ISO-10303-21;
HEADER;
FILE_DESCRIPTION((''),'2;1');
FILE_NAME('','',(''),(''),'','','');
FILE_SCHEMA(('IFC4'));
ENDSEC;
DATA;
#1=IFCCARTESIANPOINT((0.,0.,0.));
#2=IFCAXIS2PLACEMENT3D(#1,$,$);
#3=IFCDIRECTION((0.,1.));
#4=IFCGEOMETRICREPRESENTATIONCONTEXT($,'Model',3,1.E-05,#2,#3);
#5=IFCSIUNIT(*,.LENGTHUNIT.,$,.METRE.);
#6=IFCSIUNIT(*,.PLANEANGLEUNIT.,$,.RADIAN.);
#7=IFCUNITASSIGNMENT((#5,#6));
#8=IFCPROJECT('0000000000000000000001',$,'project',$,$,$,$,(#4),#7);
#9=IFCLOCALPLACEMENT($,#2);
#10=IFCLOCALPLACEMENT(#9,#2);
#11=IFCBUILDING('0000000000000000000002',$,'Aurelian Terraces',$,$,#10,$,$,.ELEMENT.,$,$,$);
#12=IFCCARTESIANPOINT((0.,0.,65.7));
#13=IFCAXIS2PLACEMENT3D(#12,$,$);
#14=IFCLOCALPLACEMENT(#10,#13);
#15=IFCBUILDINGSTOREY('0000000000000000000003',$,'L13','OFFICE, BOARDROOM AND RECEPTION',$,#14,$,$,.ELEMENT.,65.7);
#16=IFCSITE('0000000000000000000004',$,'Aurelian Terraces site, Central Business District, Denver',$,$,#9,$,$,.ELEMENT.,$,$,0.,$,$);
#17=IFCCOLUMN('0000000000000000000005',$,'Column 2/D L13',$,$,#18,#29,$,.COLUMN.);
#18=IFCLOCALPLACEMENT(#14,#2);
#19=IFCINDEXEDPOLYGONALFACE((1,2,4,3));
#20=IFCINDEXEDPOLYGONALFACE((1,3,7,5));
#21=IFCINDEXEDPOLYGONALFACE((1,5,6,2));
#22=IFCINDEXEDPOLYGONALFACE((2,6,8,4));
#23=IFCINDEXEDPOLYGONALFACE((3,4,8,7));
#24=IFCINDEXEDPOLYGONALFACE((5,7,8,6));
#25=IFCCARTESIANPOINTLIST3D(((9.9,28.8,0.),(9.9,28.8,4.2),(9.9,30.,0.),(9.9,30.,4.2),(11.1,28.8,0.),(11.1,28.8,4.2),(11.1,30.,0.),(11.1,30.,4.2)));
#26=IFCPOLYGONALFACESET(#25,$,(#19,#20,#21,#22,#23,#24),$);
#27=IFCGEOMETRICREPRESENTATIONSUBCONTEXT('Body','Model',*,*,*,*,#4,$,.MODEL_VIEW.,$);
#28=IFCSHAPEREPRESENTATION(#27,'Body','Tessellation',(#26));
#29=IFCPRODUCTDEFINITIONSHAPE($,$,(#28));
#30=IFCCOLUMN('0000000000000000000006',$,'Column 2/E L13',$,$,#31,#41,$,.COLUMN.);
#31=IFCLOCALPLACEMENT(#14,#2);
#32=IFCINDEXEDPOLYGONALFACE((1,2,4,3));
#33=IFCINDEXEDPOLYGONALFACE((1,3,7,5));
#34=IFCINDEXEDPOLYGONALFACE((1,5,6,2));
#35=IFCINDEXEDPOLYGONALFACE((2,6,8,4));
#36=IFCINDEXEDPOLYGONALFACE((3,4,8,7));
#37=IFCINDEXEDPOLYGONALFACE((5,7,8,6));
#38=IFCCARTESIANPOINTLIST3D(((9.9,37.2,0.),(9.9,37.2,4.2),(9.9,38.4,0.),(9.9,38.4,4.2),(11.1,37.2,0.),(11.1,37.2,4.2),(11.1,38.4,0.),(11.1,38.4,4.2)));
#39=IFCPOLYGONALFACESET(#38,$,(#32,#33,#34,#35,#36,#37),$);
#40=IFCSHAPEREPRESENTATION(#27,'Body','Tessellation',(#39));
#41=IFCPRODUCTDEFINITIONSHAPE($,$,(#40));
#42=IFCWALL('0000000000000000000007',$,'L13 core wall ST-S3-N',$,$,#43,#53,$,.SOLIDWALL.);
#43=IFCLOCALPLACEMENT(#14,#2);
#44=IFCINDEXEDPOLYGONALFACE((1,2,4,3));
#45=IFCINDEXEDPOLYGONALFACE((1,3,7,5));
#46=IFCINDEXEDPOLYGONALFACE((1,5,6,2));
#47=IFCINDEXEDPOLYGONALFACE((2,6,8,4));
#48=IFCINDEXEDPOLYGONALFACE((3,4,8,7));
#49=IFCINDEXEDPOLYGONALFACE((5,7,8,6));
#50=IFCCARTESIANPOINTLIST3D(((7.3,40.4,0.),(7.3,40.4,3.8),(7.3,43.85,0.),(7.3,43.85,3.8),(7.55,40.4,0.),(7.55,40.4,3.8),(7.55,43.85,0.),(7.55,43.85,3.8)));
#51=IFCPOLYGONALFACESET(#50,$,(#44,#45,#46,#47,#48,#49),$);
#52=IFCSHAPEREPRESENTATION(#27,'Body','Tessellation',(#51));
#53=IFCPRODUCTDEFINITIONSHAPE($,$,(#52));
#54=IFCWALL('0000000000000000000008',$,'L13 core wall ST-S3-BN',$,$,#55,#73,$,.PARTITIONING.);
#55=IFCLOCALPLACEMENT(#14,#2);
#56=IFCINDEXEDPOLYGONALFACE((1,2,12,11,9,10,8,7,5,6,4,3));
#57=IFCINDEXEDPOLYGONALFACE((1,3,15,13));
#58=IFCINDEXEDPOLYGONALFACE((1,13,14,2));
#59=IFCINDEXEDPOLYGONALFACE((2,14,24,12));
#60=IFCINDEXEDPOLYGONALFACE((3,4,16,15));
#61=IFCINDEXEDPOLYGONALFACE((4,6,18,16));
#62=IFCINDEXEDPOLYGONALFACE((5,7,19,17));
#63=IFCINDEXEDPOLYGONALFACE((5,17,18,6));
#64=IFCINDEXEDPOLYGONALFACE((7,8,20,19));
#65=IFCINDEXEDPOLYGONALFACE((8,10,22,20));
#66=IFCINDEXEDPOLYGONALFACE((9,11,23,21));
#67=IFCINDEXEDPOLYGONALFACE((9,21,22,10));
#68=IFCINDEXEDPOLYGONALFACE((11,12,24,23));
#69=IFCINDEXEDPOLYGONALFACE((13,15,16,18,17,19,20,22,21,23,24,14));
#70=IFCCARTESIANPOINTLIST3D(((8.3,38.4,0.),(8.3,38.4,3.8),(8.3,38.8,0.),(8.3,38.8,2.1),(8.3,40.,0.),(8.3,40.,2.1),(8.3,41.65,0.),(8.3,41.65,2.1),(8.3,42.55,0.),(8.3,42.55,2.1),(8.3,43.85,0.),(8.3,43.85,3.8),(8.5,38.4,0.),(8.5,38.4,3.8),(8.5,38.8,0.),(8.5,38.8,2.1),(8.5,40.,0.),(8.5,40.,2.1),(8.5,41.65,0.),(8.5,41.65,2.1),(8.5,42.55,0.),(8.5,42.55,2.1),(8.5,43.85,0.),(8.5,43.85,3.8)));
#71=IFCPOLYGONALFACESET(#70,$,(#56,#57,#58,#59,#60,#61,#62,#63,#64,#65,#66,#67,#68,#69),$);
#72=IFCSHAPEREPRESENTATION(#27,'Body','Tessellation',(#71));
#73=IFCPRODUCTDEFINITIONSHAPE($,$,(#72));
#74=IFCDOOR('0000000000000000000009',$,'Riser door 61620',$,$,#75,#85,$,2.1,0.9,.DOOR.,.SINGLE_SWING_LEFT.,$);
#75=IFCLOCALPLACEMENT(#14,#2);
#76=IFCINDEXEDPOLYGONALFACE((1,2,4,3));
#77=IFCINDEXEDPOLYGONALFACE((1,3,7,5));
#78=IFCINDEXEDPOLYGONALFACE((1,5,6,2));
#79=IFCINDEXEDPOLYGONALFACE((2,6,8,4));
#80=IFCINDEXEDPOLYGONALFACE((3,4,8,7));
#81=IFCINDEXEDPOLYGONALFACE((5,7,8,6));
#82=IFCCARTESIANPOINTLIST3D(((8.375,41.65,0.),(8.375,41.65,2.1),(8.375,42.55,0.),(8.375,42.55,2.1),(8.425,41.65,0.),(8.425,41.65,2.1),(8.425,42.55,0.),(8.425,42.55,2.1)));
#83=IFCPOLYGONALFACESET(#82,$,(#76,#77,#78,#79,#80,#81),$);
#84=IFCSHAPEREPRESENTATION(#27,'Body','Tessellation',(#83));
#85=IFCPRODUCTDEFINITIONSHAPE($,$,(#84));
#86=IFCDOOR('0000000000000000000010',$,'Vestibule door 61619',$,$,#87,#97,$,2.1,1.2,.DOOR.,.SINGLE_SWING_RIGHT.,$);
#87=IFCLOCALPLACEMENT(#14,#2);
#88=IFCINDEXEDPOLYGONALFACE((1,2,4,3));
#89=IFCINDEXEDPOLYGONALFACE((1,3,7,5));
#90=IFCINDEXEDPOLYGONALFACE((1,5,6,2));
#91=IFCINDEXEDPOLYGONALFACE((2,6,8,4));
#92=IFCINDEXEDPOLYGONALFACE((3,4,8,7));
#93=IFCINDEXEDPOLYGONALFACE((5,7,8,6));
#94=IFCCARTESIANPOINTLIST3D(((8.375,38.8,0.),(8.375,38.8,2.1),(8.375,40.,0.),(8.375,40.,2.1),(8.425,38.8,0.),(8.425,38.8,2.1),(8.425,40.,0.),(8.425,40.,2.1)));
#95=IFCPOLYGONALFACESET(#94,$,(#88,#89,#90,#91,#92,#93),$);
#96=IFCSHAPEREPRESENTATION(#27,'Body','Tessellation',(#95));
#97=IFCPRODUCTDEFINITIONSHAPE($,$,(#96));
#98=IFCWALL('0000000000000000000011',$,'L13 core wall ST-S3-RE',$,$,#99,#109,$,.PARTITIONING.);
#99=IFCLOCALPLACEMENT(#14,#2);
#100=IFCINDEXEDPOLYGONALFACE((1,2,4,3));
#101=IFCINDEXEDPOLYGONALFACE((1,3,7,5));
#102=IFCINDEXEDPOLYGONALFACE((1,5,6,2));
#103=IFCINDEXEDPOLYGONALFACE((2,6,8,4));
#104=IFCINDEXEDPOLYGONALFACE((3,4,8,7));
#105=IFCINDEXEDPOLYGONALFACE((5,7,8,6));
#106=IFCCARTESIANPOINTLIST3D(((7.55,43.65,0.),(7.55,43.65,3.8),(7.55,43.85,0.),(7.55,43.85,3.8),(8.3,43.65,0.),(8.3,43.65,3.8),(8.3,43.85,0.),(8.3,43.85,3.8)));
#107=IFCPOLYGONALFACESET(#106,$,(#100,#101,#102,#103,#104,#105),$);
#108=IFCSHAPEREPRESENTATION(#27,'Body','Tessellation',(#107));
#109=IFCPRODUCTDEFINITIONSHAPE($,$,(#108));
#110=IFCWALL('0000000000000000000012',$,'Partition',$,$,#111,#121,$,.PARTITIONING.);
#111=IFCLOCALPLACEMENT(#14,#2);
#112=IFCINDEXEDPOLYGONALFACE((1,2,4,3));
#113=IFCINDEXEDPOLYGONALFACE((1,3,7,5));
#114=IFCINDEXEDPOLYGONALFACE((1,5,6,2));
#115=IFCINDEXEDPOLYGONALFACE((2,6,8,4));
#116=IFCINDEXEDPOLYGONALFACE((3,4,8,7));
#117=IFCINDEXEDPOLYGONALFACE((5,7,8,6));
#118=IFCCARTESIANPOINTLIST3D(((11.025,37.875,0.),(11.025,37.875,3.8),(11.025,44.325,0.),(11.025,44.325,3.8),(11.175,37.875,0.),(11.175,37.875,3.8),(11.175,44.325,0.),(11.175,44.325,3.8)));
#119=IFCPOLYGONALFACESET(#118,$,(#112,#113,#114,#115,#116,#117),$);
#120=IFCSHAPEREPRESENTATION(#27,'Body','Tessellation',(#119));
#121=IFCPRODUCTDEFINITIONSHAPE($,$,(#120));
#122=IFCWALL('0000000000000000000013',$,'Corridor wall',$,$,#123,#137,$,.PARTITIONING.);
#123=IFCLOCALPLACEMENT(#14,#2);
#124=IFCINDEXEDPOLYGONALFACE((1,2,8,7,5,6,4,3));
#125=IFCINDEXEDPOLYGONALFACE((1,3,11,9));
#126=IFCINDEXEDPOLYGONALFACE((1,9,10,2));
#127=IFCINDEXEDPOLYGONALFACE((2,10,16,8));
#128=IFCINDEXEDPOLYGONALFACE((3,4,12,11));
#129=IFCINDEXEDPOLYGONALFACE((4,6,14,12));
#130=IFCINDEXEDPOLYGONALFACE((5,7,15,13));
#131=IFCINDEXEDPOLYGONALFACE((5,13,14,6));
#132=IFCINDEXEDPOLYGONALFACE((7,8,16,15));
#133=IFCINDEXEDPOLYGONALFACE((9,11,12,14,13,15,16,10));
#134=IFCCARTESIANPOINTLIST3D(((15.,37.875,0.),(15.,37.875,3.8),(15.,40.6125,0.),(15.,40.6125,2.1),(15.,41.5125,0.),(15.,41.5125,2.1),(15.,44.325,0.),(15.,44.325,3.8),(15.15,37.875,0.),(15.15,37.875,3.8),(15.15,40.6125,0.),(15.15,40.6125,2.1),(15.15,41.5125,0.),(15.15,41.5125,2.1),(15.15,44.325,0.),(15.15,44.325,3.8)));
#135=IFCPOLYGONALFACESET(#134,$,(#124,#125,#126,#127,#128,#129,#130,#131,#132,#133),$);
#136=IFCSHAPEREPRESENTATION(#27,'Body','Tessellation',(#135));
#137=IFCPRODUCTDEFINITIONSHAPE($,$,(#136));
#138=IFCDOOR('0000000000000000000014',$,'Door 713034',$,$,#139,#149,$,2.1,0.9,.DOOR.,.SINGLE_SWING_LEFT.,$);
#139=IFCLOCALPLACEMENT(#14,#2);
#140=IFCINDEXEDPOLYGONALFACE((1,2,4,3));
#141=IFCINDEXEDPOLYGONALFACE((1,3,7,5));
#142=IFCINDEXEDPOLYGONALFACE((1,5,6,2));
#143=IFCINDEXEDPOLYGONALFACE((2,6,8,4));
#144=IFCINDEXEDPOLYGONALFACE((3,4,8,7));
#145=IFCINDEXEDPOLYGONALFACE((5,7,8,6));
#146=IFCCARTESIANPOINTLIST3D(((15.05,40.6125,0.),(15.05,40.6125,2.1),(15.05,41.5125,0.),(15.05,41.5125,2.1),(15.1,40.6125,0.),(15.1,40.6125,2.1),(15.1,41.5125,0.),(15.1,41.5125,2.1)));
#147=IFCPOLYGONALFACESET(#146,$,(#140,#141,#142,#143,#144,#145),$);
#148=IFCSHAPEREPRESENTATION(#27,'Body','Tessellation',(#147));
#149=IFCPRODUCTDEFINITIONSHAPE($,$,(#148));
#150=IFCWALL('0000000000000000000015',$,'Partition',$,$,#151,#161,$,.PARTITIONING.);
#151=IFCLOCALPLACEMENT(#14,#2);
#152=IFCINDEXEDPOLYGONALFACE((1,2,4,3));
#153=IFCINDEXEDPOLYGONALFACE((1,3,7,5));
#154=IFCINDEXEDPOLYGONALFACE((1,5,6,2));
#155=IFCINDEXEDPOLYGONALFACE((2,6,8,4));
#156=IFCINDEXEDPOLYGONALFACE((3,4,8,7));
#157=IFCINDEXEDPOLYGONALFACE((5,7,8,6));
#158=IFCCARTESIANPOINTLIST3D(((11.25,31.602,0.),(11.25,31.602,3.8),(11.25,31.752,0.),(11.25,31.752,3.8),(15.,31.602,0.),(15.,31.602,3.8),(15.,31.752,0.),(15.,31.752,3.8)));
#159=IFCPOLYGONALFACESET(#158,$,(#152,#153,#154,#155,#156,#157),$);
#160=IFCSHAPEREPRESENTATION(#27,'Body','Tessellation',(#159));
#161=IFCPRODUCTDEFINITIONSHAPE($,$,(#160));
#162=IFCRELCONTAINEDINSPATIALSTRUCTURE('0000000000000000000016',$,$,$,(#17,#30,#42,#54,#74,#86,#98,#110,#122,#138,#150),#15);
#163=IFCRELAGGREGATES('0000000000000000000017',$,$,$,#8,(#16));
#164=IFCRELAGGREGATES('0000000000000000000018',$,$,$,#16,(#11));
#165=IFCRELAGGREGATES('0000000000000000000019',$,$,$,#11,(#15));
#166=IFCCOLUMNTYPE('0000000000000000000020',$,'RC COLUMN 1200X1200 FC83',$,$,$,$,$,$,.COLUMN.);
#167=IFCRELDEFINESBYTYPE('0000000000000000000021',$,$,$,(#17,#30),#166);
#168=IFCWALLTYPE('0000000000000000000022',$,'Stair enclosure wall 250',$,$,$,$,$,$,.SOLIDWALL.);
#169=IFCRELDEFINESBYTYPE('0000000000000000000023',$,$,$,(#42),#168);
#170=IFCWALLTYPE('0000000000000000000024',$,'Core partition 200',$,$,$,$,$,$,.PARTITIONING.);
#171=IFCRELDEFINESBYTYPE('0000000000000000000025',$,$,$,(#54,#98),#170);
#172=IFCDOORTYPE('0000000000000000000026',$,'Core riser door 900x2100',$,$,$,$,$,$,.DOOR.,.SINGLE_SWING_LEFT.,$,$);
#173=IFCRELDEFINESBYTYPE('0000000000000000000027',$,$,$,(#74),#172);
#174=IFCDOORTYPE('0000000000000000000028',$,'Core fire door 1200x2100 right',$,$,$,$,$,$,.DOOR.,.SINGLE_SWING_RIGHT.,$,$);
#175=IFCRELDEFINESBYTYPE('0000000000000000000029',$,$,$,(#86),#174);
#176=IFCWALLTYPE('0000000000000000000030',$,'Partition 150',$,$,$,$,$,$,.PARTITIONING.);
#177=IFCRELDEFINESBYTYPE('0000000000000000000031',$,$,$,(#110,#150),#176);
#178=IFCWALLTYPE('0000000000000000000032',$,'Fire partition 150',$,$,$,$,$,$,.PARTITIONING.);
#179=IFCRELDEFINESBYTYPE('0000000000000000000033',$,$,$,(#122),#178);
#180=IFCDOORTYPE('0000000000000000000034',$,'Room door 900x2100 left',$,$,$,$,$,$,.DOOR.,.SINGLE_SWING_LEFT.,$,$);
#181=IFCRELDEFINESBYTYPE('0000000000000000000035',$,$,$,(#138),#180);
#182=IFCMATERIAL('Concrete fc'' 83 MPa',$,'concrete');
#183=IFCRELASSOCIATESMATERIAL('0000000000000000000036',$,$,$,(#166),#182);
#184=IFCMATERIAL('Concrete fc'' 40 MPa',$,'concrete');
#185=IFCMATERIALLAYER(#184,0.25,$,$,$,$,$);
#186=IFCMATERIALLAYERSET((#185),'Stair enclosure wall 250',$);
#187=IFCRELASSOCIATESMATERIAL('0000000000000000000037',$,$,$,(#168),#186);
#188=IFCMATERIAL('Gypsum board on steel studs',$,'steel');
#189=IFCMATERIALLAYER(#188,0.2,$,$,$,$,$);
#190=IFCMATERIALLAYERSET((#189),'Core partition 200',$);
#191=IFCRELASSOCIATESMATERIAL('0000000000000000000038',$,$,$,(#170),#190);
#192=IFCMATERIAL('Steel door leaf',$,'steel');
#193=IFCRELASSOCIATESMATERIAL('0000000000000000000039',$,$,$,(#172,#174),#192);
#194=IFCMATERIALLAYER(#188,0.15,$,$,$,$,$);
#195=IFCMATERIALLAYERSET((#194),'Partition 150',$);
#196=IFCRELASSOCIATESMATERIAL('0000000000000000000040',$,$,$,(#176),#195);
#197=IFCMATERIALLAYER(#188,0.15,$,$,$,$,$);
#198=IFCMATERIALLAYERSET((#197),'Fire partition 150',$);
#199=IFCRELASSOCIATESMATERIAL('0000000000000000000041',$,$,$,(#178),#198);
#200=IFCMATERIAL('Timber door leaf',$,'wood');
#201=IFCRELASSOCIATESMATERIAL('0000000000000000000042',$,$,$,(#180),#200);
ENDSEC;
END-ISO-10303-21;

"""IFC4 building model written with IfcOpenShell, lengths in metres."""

from ifc_helpers import new_model, si_unit, direction, frame, frame_2d, origin, origin_2d, place, context, subcontext, project, spatial, rectangle, extrude, source, transform, mapped, material, layer, layer_set, material_profile, profile_set, type_object, element, fill, save


model = new_model("IFC4")

# Units and contexts
model_context = context("Model", 3, precision=1e-05, world=origin(), true_north=direction((0.0, 1.0)))
body_context = subcontext(model_context, "Body", "Model", "MODEL_VIEW")
ifc_project = project(units=[si_unit("LENGTHUNIT", "METRE"), si_unit("PLANEANGLEUNIT", "RADIAN")], contexts=[model_context])

# Site, building, storey
site_placement = place(None, origin())
site = spatial("IfcSite", under=ifc_project, at=site_placement, Name="Aurelian Terraces site, Central Business District, Denver", CompositionType="ELEMENT", RefElevation=0.0)
building_placement = place(site_placement, origin())
building = spatial("IfcBuilding", under=site, at=building_placement, Name="Aurelian Terraces", CompositionType="ELEMENT")
storey_placement = place(building_placement, frame((0.0, 0.0, 65.7)))
storey = spatial("IfcBuildingStorey", under=building, at=storey_placement, Name="L13", Description="OFFICE, BOARDROOM AND RECEPTION", CompositionType="ELEMENT", Elevation=65.7)

# Columns
ifc_material_1 = material(Name="Concrete fc' 83 MPa", Category="concrete")
ifc_material_profile = material_profile(ifc_material_1, rectangle(XDim=1.2, YDim=1.2, at=origin_2d()))
ifc_profile_set = profile_set([ifc_material_profile], Name="Concrete fc' 83 MPa")
column_type = type_object("IfcColumnType", Name="RC COLUMN 1200X1200 FC83", PredefinedType="COLUMN", material=ifc_profile_set)
shared_shape_1 = source(origin(), body_context, "Body", "SweptSolid", [
    extrude(rectangle(XDim=1.2, YDim=1.2, at=origin_2d()), origin(), (0.0, 0.0, 1.0), 4.2),
])
for number, where, z_axis, x_axis, name in (
    (1, (10.5, 29.4, 0.0), (0.0, 0.0, 1.0), (1.0, 0.0, 0.0), "Column 2/D L13"),
    (2, (10.5, 37.8, 0.0), (0.0, 0.0, 1.0), (1.0, 0.0, 0.0), "Column 2/E L13"),
):
    element("IfcColumn", number, at=place(storey_placement, frame(where, z_axis=z_axis, x_axis=x_axis)), inside=storey, type_object=column_type, Name=name, PredefinedType="COLUMN", context=body_context, shape_type="MappedRepresentation", body=[
        mapped(shared_shape_1, transform((0.0, 0.0, 0.0), scale=1.0)),
    ])

# Wall
ifc_material_2 = material(Name="Concrete fc' 40 MPa", Category="concrete")
ifc_layer_1 = layer(ifc_material_2, 0.25)
ifc_layer_set_1 = layer_set([ifc_layer_1], Name="Stair enclosure wall 250")
wall_type_1 = type_object("IfcWallType", Name="Stair enclosure wall 250", PredefinedType="SOLIDWALL", material=ifc_layer_set_1)
shared_shape_2 = source(origin(), body_context, "Body", "SweptSolid", [
    extrude(rectangle(XDim=3.45, YDim=0.25, at=frame_2d((1.725, 0.0))), origin(), (0.0, 0.0, 1.0), 3.8),
])
wall_1_placement = place(storey_placement, frame((7.425, 40.4, 0.0), z_axis=(0.0, 0.0, 1.0), x_axis=(0.0, 1.0, 0.0)))
element("IfcWall", 3, at=wall_1_placement, inside=storey, type_object=wall_type_1, Name="L13 core wall ST-S3-N", PredefinedType="SOLIDWALL", context=body_context, shape_type="MappedRepresentation", body=[
    mapped(shared_shape_2, transform((0.0, 0.0, 0.0), scale=1.0)),
])

# Wall, openings, doors
ifc_material_3 = material(Name="Gypsum board on steel studs", Category="steel")
ifc_layer_2 = layer(ifc_material_3, 0.2)
ifc_layer_set_2 = layer_set([ifc_layer_2], Name="Core partition 200")
wall_type_2 = type_object("IfcWallType", Name="Core partition 200", PredefinedType="PARTITIONING", material=ifc_layer_set_2)
shared_shape_3 = source(origin(), body_context, "Body", "SweptSolid", [
    extrude(rectangle(XDim=5.45, YDim=0.2, at=frame_2d((2.725, 0.0))), origin(), (0.0, 0.0, 1.0), 3.8),
])
wall_2_placement = place(storey_placement, frame((8.4, 38.4, 0.0), z_axis=(0.0, 0.0, 1.0), x_axis=(0.0, 1.0, 0.0)))
wall_2 = element("IfcWall", 4, at=wall_2_placement, inside=storey, type_object=wall_type_2, Name="L13 core wall ST-S3-BN", PredefinedType="PARTITIONING", context=body_context, shape_type="MappedRepresentation", body=[
    mapped(shared_shape_3, transform((0.0, 0.0, 0.0), scale=1.0)),
])
shared_shape_4 = source(origin(), body_context, "Body", "SweptSolid", [
    extrude(rectangle(XDim=1.2, YDim=2.1, at=frame_2d((0.6, 1.05))), frame((0.0, 0.11, 0.0), z_axis=(0.0, -1.0, 0.0), x_axis=(1.0, 0.0, 0.0)), (0.0, 0.0, 1.0), 0.22),
])
opening_1_placement = place(wall_2_placement, frame((0.4, 0.0, 0.0)))
opening_1 = element("IfcOpeningElement", 5, at=opening_1_placement, cuts=wall_2, PredefinedType="OPENING", context=body_context, shape_type="MappedRepresentation", body=[
    mapped(shared_shape_4, transform((0.0, 0.0, 0.0), scale=1.0)),
])
shared_shape_5 = source(origin(), body_context, "Body", "SweptSolid", [
    extrude(rectangle(XDim=0.9, YDim=2.1, at=frame_2d((0.45, 1.05))), frame((0.0, 0.11, 0.0), z_axis=(0.0, -1.0, 0.0), x_axis=(1.0, 0.0, 0.0)), (0.0, 0.0, 1.0), 0.22),
])
opening_2_placement = place(wall_2_placement, frame((3.25, 0.0, 0.0)))
opening_2 = element("IfcOpeningElement", 6, at=opening_2_placement, cuts=wall_2, PredefinedType="OPENING", context=body_context, shape_type="MappedRepresentation", body=[
    mapped(shared_shape_5, transform((0.0, 0.0, 0.0), scale=1.0)),
])
ifc_material_4 = material(Name="Steel door leaf", Category="steel")
door_type_1 = type_object("IfcDoorType", Name="Core riser door 900x2100", OperationType="SINGLE_SWING_LEFT", PredefinedType="DOOR", material=ifc_material_4)
shared_shape_6 = source(origin(), body_context, "Body", "SweptSolid", [
    extrude(rectangle(XDim=0.9, YDim=2.1, at=frame_2d((0.45, 1.05))), frame((0.0, 0.025, 0.0), z_axis=(0.0, -1.0, 0.0), x_axis=(1.0, 0.0, 0.0)), (0.0, 0.0, 1.0), 0.05),
])
door_1_placement = place(opening_2_placement, origin())
door_1 = element("IfcDoor", 7, at=door_1_placement, inside=storey, type_object=door_type_1, Name="Riser door 61620", OperationType="SINGLE_SWING_LEFT", OverallHeight=2.1, OverallWidth=0.9, PredefinedType="DOOR", context=body_context, shape_type="MappedRepresentation", body=[
    mapped(shared_shape_6, transform((0.0, 0.0, 0.0), scale=1.0)),
])
fill(opening_2, door_1)
door_type_2 = type_object("IfcDoorType", Name="Core fire door 1200x2100 right", OperationType="SINGLE_SWING_RIGHT", PredefinedType="DOOR", material=ifc_material_4)
shared_shape_7 = source(origin(), body_context, "Body", "SweptSolid", [
    extrude(rectangle(XDim=1.2, YDim=2.1, at=frame_2d((0.6, 1.05))), frame((0.0, 0.025, 0.0), z_axis=(0.0, -1.0, 0.0), x_axis=(1.0, 0.0, 0.0)), (0.0, 0.0, 1.0), 0.05),
])
door_2_placement = place(opening_1_placement, origin())
door_2 = element("IfcDoor", 8, at=door_2_placement, inside=storey, type_object=door_type_2, Name="Vestibule door 61619", OperationType="SINGLE_SWING_RIGHT", OverallHeight=2.1, OverallWidth=1.2, PredefinedType="DOOR", context=body_context, shape_type="MappedRepresentation", body=[
    mapped(shared_shape_7, transform((0.0, 0.0, 0.0), scale=1.0)),
])
fill(opening_1, door_2)

# Walls
shared_shape_8 = source(origin(), body_context, "Body", "SweptSolid", [
    extrude(rectangle(XDim=0.75, YDim=0.2, at=frame_2d((0.375, 0.0))), origin(), (0.0, 0.0, 1.0), 3.8),
])
wall_3_placement = place(storey_placement, frame((7.55, 43.75, 0.0), z_axis=(0.0, 0.0, 1.0), x_axis=(1.0, 0.0, 0.0)))
element("IfcWall", 9, at=wall_3_placement, inside=storey, type_object=wall_type_2, Name="L13 core wall ST-S3-RE", PredefinedType="PARTITIONING", context=body_context, shape_type="MappedRepresentation", body=[
    mapped(shared_shape_8, transform((0.0, 0.0, 0.0), scale=1.0)),
])
ifc_layer_3 = layer(ifc_material_3, 0.15)
ifc_layer_set_3 = layer_set([ifc_layer_3], Name="Partition 150")
wall_type_3 = type_object("IfcWallType", Name="Partition 150", PredefinedType="PARTITIONING", material=ifc_layer_set_3)
shared_shape_9 = source(origin(), body_context, "Body", "SweptSolid", [
    extrude(rectangle(XDim=6.45, YDim=0.15, at=frame_2d((3.225, 0.0))), origin(), (0.0, 0.0, 1.0), 3.8),
])
wall_4_placement = place(storey_placement, frame((11.1, 44.325, 0.0), z_axis=(0.0, 0.0, 1.0), x_axis=(0.0, -1.0, 0.0)))
element("IfcWall", 10, at=wall_4_placement, inside=storey, type_object=wall_type_3, Name="Partition", PredefinedType="PARTITIONING", context=body_context, shape_type="MappedRepresentation", body=[
    mapped(shared_shape_9, transform((0.0, 0.0, 0.0), scale=1.0)),
])

# Wall, opening, door
ifc_layer_4 = layer(ifc_material_3, 0.15)
ifc_layer_set_4 = layer_set([ifc_layer_4], Name="Fire partition 150")
wall_type_4 = type_object("IfcWallType", Name="Fire partition 150", PredefinedType="PARTITIONING", material=ifc_layer_set_4)
wall_5_placement = place(storey_placement, frame((15.075, 37.875, 0.0), z_axis=(0.0, 0.0, 1.0), x_axis=(0.0, 1.0, 0.0)))
wall_5 = element("IfcWall", 11, at=wall_5_placement, inside=storey, type_object=wall_type_4, Name="Corridor wall", PredefinedType="PARTITIONING", context=body_context, shape_type="MappedRepresentation", body=[
    mapped(shared_shape_9, transform((0.0, 0.0, 0.0), scale=1.0)),
])
shared_shape_10 = source(origin(), body_context, "Body", "SweptSolid", [
    extrude(rectangle(XDim=0.9, YDim=2.1, at=frame_2d((0.45, 1.05))), frame((0.0, 0.085, 0.0), z_axis=(0.0, -1.0, 0.0), x_axis=(1.0, 0.0, 0.0)), (0.0, 0.0, 1.0), 0.17),
])
opening_3_placement = place(wall_5_placement, frame((2.7375, 0.0, 0.0)))
opening_3 = element("IfcOpeningElement", 12, at=opening_3_placement, cuts=wall_5, PredefinedType="OPENING", context=body_context, shape_type="MappedRepresentation", body=[
    mapped(shared_shape_10, transform((0.0, 0.0, 0.0), scale=1.0)),
])
ifc_material_5 = material(Name="Timber door leaf", Category="wood")
door_type_3 = type_object("IfcDoorType", Name="Room door 900x2100 left", OperationType="SINGLE_SWING_LEFT", PredefinedType="DOOR", material=ifc_material_5)
door_3_placement = place(opening_3_placement, origin())
door_3 = element("IfcDoor", 13, at=door_3_placement, inside=storey, type_object=door_type_3, Name="Door 713034", OperationType="SINGLE_SWING_LEFT", OverallHeight=2.1, OverallWidth=0.9, PredefinedType="DOOR", context=body_context, shape_type="MappedRepresentation", body=[
    mapped(shared_shape_6, transform((0.0, 0.0, 0.0), scale=1.0)),
])
fill(opening_3, door_3)

# Wall
shared_shape_11 = source(origin(), body_context, "Body", "SweptSolid", [
    extrude(rectangle(XDim=3.75, YDim=0.15, at=frame_2d((1.875, 0.0))), origin(), (0.0, 0.0, 1.0), 3.8),
])
for number, where, z_axis, x_axis, name in (
    (14, (15.0, 31.677, 0.0), (0.0, 0.0, 1.0), (-1.0, 0.0, 0.0), "Partition"),
):
    element("IfcWall", number, at=place(storey_placement, frame(where, z_axis=z_axis, x_axis=x_axis)), inside=storey, type_object=wall_type_3, Name=name, PredefinedType="PARTITIONING", context=body_context, shape_type="MappedRepresentation", body=[
        mapped(shared_shape_11, transform((0.0, 0.0, 0.0), scale=1.0)),
    ])

save(model, "model.ifc")
